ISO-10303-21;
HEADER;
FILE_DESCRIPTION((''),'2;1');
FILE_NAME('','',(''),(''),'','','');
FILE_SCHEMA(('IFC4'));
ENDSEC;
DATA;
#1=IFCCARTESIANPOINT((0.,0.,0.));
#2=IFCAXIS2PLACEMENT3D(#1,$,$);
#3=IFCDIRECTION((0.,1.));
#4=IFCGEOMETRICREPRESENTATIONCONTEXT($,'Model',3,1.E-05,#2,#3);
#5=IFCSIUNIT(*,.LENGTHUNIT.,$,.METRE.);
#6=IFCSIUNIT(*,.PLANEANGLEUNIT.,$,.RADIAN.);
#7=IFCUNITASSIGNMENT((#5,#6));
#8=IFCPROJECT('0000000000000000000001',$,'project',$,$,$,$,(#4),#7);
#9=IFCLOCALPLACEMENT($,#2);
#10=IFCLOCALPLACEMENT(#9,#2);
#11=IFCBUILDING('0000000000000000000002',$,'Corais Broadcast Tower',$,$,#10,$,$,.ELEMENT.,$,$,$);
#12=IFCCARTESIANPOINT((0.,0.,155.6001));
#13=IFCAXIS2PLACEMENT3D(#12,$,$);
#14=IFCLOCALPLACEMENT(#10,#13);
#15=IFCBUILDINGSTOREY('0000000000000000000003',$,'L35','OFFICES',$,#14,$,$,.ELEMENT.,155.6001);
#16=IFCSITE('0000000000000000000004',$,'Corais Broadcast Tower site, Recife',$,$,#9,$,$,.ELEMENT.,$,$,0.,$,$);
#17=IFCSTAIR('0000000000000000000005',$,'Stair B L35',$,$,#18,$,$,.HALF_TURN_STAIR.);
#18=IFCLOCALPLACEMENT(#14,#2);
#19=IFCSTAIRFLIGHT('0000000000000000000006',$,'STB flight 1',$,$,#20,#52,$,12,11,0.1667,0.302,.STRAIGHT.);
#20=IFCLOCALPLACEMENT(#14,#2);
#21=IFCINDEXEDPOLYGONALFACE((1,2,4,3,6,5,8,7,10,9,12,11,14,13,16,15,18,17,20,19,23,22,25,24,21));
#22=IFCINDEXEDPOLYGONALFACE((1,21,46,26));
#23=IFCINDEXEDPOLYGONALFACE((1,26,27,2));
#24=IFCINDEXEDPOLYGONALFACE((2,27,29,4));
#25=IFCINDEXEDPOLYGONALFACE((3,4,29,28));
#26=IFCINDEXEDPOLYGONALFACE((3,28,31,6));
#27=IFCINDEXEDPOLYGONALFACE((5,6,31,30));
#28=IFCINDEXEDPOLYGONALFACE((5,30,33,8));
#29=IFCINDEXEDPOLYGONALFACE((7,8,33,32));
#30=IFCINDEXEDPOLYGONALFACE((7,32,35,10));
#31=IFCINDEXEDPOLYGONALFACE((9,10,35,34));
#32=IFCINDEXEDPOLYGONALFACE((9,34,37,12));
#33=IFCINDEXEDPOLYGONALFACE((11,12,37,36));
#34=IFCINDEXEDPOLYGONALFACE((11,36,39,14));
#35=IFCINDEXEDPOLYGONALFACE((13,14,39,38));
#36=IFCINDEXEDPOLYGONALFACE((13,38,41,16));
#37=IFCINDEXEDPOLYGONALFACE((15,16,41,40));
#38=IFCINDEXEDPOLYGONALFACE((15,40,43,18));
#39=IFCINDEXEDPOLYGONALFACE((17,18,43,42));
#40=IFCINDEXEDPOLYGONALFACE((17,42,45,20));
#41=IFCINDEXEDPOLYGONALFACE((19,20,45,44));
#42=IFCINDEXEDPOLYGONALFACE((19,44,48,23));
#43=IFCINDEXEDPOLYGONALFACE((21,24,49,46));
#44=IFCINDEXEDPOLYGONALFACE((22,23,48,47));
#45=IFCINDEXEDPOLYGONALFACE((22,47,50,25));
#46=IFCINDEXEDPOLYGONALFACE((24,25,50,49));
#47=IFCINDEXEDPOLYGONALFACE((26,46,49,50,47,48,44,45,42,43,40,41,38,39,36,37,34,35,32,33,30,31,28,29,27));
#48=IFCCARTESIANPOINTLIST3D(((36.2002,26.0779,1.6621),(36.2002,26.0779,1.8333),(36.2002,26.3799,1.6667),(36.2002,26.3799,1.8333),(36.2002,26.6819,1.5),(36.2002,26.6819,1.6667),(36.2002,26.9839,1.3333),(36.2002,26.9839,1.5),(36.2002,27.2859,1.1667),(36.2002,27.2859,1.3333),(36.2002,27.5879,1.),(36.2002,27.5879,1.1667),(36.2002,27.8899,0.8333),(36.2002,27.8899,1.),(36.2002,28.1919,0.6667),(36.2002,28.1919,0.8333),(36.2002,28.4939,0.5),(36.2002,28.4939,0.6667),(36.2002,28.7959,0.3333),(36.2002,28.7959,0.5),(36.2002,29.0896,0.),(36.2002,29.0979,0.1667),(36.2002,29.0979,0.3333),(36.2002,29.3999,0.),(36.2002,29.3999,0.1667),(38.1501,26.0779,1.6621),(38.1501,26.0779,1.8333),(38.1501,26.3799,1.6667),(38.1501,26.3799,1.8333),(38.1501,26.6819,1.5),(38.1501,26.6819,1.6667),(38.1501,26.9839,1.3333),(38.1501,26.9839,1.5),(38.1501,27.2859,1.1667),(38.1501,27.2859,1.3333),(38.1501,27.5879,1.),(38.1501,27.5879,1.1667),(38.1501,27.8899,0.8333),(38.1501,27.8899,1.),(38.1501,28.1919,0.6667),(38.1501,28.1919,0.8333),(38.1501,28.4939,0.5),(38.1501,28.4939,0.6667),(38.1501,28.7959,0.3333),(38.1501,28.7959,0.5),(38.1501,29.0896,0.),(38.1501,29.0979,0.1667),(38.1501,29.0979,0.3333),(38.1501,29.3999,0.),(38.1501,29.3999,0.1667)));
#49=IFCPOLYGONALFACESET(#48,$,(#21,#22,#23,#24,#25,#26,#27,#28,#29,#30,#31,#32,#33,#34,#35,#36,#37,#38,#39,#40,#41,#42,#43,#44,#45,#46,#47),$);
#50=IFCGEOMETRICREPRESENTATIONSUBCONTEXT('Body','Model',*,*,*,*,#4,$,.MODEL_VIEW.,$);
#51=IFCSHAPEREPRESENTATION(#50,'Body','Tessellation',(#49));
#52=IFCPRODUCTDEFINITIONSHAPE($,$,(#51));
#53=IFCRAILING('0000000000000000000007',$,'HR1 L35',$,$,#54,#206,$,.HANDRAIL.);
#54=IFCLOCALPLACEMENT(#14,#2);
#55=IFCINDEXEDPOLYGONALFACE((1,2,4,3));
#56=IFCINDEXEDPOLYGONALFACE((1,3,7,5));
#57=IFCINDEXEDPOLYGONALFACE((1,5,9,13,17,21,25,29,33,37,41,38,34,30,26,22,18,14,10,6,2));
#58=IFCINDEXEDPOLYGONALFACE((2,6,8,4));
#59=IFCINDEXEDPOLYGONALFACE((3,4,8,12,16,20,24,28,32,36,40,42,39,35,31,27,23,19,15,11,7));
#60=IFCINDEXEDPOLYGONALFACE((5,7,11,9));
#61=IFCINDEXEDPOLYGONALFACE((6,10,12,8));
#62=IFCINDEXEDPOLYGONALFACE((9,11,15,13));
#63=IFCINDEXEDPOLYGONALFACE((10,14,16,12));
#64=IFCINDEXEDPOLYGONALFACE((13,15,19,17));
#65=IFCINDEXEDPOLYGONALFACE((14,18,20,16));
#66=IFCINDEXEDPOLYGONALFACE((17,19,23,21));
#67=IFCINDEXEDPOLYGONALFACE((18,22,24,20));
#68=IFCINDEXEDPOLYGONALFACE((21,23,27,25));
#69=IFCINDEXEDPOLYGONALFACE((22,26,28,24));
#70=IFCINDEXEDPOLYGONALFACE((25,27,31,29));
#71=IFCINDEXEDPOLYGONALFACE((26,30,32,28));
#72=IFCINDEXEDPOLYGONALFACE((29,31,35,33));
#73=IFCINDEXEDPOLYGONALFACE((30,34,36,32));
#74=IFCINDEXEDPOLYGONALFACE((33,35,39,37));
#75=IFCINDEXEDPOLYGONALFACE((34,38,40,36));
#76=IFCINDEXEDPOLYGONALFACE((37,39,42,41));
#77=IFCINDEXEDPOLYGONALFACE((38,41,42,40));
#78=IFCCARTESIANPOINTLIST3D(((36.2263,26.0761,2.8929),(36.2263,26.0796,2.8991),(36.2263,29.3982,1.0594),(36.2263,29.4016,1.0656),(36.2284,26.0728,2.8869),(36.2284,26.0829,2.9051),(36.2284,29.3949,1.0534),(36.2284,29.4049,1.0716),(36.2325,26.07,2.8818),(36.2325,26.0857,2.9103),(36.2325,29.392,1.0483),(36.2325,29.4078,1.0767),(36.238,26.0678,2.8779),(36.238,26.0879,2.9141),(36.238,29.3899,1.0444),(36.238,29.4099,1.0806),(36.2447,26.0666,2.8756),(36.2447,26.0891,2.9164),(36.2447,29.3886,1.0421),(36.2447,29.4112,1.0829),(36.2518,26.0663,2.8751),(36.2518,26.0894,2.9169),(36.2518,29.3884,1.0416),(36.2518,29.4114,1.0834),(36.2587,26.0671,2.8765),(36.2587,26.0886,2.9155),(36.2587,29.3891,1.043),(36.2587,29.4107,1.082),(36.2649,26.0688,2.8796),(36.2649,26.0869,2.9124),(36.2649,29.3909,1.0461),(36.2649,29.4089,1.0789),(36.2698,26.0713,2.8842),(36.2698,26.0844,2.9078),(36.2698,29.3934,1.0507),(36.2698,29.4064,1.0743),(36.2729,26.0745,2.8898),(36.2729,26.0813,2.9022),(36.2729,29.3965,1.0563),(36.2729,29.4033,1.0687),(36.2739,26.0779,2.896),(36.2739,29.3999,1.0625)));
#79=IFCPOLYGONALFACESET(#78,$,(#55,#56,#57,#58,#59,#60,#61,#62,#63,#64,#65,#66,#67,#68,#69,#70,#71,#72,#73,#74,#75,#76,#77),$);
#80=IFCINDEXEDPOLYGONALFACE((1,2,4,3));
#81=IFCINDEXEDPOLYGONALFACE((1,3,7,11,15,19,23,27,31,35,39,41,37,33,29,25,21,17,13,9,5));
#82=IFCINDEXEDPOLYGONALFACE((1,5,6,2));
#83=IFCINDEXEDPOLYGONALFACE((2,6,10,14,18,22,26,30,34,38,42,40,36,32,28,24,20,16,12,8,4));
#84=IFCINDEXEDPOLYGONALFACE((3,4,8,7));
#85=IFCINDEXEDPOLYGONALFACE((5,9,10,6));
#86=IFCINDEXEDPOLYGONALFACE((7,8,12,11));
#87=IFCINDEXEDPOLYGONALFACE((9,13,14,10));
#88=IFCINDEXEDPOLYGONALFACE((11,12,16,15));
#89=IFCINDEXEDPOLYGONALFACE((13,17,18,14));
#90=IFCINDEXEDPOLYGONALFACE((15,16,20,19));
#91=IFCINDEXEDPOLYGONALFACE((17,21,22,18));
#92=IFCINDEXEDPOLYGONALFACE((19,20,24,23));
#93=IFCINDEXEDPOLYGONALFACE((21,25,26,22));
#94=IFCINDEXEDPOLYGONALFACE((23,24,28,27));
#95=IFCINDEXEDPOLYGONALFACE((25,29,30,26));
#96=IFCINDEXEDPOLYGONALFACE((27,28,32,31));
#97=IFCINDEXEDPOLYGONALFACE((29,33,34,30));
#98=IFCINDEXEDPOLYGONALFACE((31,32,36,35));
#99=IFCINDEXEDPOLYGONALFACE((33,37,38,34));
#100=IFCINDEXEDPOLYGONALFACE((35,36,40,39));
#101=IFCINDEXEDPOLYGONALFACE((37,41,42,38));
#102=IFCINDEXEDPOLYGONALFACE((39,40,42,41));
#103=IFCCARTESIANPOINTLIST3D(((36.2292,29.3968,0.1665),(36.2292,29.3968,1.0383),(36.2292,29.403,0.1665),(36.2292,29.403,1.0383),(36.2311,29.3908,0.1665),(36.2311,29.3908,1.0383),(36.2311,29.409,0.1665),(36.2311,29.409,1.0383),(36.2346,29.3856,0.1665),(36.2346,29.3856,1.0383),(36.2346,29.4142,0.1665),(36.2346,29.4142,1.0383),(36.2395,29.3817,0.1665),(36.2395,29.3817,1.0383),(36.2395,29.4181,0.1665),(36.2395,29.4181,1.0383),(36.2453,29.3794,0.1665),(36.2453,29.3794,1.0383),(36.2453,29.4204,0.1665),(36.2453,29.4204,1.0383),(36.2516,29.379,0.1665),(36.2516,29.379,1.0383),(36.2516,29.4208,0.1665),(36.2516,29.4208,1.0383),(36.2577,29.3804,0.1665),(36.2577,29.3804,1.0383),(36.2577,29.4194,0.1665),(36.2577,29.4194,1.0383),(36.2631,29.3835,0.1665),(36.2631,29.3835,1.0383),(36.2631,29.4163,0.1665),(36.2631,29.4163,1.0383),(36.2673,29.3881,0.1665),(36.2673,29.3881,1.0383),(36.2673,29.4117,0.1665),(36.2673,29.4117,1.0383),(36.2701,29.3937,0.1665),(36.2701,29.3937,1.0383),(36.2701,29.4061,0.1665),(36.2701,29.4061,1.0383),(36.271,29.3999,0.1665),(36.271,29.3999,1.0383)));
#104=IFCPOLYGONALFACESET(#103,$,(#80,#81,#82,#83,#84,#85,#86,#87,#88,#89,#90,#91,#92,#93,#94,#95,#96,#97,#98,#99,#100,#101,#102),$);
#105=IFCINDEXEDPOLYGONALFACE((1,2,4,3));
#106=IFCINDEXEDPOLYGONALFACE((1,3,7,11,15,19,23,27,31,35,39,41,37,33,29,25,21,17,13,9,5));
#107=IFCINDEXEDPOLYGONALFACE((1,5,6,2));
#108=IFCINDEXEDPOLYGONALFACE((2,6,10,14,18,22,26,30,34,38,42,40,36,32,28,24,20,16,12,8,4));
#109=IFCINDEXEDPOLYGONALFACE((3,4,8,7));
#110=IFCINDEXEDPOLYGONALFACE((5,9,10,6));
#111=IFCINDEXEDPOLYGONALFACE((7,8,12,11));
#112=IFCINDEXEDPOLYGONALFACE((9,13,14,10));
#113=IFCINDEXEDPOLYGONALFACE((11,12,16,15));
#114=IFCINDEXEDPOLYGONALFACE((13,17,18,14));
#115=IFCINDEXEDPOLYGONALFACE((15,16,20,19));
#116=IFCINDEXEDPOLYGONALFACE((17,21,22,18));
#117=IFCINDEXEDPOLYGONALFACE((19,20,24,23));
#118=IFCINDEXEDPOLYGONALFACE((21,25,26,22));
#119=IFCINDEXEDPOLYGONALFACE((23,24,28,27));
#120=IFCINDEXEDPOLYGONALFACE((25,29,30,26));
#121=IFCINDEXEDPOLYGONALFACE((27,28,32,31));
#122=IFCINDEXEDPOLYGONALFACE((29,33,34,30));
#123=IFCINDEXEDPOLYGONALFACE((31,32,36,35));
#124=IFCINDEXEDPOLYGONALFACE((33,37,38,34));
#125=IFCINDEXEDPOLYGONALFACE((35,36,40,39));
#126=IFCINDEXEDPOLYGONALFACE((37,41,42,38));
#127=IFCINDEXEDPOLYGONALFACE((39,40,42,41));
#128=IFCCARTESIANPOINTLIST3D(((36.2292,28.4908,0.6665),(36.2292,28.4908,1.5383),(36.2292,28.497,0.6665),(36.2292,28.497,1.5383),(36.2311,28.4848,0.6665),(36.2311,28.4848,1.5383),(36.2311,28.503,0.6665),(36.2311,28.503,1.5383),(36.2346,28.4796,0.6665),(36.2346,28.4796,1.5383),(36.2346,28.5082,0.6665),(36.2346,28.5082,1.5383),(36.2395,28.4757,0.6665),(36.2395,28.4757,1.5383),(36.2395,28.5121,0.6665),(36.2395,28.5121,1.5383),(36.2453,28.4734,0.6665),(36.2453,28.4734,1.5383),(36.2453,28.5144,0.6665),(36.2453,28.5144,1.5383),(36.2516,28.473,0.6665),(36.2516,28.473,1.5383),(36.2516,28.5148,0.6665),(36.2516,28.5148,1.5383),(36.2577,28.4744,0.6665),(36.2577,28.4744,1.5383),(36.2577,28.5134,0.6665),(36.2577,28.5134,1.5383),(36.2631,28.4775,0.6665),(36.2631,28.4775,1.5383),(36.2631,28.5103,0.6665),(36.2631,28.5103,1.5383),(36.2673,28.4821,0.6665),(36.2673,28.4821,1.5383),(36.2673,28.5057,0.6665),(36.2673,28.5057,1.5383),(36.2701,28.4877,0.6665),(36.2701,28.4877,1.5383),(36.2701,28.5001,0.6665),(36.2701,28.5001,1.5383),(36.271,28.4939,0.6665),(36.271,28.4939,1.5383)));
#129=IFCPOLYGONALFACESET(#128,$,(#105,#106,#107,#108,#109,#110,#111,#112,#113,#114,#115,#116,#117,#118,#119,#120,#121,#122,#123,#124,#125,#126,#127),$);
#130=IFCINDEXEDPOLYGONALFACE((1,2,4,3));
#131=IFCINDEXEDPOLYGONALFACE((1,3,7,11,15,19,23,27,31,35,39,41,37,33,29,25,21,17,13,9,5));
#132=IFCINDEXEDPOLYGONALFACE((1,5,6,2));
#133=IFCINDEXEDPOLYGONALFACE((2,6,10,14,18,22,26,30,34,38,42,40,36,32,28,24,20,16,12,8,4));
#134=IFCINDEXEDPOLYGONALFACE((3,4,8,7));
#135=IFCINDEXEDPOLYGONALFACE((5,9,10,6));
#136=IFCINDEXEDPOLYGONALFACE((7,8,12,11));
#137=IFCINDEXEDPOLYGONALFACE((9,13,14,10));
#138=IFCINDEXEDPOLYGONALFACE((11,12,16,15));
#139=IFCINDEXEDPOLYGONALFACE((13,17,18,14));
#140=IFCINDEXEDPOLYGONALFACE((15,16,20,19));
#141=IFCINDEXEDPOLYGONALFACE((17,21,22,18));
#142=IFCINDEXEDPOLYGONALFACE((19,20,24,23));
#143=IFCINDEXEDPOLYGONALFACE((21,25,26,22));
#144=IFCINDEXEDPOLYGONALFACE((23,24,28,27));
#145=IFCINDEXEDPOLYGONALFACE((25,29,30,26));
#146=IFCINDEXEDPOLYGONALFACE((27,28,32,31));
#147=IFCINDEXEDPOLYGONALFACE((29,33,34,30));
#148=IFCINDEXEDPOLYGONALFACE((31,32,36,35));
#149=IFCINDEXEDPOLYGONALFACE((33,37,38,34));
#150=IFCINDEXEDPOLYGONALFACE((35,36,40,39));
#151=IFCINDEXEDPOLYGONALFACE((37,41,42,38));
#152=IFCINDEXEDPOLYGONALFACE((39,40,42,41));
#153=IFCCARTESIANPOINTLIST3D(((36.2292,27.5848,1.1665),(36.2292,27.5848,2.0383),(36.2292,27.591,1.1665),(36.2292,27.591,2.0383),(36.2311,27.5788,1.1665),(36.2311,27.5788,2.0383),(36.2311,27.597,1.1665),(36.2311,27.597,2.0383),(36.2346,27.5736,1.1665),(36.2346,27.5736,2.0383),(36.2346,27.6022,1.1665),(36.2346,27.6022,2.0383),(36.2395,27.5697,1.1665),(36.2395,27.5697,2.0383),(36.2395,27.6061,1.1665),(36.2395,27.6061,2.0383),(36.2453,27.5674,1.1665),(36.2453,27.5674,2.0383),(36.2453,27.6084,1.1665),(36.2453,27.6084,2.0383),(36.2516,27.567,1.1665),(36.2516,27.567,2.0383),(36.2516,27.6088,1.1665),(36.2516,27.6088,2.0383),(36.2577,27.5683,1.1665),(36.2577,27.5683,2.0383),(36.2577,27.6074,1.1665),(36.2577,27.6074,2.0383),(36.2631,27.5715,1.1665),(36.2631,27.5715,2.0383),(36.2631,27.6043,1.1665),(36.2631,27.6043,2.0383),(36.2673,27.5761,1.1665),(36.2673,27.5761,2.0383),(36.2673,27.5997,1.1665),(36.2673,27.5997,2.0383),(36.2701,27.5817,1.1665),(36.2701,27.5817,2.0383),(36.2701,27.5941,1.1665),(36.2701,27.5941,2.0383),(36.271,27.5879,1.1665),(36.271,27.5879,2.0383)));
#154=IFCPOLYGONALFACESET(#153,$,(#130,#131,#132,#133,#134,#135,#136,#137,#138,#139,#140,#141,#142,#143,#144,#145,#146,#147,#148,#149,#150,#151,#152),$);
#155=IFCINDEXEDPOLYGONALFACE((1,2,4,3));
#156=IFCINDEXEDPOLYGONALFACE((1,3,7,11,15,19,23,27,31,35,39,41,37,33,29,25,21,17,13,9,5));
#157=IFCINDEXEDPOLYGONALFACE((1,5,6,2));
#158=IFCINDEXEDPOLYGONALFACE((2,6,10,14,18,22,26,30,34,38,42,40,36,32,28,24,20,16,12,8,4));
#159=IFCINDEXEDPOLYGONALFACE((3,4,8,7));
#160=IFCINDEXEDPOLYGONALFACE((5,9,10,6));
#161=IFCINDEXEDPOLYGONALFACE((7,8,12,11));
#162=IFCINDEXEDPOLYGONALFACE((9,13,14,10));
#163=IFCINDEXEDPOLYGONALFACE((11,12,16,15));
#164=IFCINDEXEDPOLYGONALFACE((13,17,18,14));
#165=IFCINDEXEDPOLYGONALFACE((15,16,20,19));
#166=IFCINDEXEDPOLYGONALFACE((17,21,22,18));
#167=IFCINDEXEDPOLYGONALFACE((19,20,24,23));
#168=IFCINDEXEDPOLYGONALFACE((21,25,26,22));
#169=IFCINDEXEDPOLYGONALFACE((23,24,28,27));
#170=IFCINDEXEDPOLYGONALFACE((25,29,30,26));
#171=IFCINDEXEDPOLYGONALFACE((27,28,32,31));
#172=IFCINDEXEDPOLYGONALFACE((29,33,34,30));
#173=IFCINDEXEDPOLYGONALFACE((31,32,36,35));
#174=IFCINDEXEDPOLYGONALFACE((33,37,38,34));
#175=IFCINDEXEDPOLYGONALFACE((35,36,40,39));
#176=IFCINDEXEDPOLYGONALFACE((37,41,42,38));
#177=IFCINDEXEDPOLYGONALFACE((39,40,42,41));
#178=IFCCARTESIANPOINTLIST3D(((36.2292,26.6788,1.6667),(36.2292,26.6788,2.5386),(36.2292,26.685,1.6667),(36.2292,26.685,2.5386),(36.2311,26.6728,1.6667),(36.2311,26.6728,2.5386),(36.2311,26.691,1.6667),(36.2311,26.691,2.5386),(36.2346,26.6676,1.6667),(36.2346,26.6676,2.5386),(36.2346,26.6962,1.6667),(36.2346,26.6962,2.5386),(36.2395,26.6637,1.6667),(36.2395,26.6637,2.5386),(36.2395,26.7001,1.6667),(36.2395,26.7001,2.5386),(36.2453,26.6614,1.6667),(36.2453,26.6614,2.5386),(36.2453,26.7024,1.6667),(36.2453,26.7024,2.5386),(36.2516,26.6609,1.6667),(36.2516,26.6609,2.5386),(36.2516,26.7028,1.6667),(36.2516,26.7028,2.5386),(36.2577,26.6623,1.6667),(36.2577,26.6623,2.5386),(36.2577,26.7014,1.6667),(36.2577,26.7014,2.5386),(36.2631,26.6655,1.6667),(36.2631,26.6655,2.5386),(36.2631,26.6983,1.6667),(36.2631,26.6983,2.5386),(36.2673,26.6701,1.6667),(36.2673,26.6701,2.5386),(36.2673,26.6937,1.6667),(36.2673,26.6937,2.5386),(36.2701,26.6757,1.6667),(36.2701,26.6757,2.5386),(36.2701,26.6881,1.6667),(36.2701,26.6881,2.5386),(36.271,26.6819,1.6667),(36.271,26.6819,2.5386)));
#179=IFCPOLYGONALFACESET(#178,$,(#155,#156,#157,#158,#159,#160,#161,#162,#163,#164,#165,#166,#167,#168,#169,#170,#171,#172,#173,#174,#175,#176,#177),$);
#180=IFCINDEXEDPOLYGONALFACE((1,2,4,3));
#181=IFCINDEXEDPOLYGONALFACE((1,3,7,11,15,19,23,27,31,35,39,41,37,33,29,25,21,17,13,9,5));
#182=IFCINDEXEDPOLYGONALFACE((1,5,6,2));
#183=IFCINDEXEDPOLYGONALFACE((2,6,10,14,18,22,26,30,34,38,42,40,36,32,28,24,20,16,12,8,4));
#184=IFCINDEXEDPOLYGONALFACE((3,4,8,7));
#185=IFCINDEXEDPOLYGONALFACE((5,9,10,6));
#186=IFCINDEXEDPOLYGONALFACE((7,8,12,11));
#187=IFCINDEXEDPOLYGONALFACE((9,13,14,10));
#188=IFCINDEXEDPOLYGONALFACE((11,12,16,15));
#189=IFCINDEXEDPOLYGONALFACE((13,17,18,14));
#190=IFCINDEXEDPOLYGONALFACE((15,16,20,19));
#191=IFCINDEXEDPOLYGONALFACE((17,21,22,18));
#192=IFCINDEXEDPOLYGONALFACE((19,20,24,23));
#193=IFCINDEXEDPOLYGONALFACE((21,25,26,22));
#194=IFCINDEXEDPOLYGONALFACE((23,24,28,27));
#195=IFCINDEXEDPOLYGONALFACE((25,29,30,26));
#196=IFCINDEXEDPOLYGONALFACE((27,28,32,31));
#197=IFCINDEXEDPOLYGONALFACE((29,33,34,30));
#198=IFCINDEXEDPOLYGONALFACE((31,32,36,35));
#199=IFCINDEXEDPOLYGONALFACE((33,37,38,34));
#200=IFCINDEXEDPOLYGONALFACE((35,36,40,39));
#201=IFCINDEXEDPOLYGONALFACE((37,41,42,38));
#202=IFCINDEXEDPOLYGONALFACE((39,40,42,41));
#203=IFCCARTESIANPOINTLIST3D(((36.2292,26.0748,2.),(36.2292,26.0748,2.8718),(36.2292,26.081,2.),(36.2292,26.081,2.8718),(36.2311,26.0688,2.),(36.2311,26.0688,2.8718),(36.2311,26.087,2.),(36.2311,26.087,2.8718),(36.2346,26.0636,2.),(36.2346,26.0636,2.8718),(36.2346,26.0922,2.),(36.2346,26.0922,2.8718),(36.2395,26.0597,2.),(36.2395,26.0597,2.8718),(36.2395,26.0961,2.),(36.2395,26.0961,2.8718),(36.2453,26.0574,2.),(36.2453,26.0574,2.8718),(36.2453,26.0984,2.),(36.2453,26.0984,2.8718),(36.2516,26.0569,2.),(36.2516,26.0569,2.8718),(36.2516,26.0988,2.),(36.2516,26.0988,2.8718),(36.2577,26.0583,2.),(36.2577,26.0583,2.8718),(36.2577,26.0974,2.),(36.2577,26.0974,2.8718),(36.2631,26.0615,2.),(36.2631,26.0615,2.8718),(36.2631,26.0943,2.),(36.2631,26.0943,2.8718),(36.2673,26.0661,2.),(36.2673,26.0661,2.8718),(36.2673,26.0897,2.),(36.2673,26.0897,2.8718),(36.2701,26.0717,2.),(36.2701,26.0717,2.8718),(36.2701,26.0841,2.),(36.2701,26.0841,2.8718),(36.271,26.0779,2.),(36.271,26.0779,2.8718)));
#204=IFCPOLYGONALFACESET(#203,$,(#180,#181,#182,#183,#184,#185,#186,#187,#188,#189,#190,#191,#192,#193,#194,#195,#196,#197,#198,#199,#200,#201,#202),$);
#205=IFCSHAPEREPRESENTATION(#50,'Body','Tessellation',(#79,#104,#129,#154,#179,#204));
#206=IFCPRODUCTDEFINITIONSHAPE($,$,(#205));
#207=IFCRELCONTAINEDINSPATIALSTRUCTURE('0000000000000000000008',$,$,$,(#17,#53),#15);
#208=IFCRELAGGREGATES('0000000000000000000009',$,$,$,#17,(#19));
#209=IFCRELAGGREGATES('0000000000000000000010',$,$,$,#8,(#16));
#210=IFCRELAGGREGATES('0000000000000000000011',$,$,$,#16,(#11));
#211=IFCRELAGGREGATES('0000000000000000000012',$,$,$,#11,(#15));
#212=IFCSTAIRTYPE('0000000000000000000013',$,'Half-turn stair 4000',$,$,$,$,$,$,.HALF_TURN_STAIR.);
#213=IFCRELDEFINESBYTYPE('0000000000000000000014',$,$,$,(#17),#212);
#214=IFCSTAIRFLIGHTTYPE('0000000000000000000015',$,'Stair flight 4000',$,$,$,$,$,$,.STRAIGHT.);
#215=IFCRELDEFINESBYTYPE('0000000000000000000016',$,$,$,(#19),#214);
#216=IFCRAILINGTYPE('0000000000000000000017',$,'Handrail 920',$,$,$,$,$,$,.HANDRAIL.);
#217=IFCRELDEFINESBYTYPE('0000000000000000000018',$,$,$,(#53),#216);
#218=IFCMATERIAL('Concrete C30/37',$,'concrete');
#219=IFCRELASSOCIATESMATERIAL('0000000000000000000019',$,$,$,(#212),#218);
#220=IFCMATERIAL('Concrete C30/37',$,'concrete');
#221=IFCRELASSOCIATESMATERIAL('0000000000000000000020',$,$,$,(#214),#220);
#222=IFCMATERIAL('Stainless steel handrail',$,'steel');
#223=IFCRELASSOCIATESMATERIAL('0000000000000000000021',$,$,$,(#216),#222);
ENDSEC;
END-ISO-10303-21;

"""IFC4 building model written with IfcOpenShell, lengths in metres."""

from ifc_helpers import new_model, si_unit, direction, frame, origin, origin_2d, place, context, subcontext, project, spatial, polyline, circle, outline, extrude, material, type_object, element, aggregate, save


model = new_model("IFC4")

# Units and contexts
model_context = context("Model", 3, precision=1e-05, world=origin(), true_north=direction((0.0, 1.0)))
body_context = subcontext(model_context, "Body", "Model", "MODEL_VIEW")
ifc_project = project(units=[si_unit("LENGTHUNIT", "METRE"), si_unit("PLANEANGLEUNIT", "RADIAN")], contexts=[model_context])

# Site, building, storey
site_placement = place(None, origin())
site = spatial("IfcSite", under=ifc_project, at=site_placement, Name="Corais Broadcast Tower site, Recife", CompositionType="ELEMENT", RefElevation=0.0)
building_placement = place(site_placement, origin())
building = spatial("IfcBuilding", under=site, at=building_placement, Name="Corais Broadcast Tower", CompositionType="ELEMENT")
storey_placement = place(building_placement, frame((0.0, 0.0, 155.6001)))
storey = spatial("IfcBuildingStorey", under=building, at=storey_placement, Name="L35", Description="OFFICES", CompositionType="ELEMENT", Elevation=155.6001)

# Stair, stair flight
ifc_material_1 = material(Name="Concrete C30/37", Category="concrete")
stair_type = type_object("IfcStairType", Name="Half-turn stair 4000", PredefinedType="HALF_TURN_STAIR", material=ifc_material_1)
stair_placement = place(storey_placement, origin())
stair = element("IfcStair", 1, at=stair_placement, inside=storey, type_object=stair_type, Name="Stair B L35", PredefinedType="HALF_TURN_STAIR")
ifc_material_2 = material(Name="Concrete C30/37", Category="concrete")
stair_flight_type = type_object("IfcStairFlightType", Name="Stair flight 4000", PredefinedType="STRAIGHT", material=ifc_material_2)
stair_flight_placement = place(storey_placement, frame((37.175, 29.3999, 0.0), z_axis=(0.0, 0.0, 1.0), x_axis=(0.0, -1.0, 0.0)))
stair_flight = element("IfcStairFlight", 2, at=stair_flight_placement, type_object=stair_flight_type, Name="STB flight 1", NumberOfRisers=12, NumberOfTreads=11, PredefinedType="STRAIGHT", RiserHeight=0.1667, TreadLength=0.302, context=body_context, shape_type="SweptSolid", body=[
    extrude(outline(polyline([(0.0, 0.0), (0.0, 0.1667), (0.302, 0.1667), (0.302, 0.3333), (0.604, 0.3333), (0.604, 0.5), (0.906, 0.5), (0.906, 0.6667), (1.208, 0.6667), (1.208, 0.8333), (1.51, 0.8333), (1.51, 1.0), (1.812, 1.0), (1.812, 1.1667), (2.114, 1.1667), (2.114, 1.3333), (2.416, 1.3333), (2.416, 1.5), (2.718, 1.5), (2.718, 1.6667), (3.02, 1.6667), (3.02, 1.8333), (3.322, 1.8333), (3.322, 2.0), (3.322, 1.6621), (0.3103, 0.0), (0.0, 0.0)])), frame((0.0, 0.9751, 0.0), z_axis=(0.0, -1.0, 0.0), x_axis=(1.0, 0.0, 0.0)), (0.0, 0.0, 1.0), 1.95),
])
aggregate(stair, [stair_flight])

# Railing
ifc_material_3 = material(Name="Stainless steel handrail", Category="steel")
railing_type = type_object("IfcRailingType", Name="Handrail 920", PredefinedType="HANDRAIL", material=ifc_material_3)
for number, where, name in (
    (3, (36.25, 29.3999, 0.1665), "HR1 L35"),
):
    element("IfcRailing", number, at=place(storey_placement, frame(where)), inside=storey, type_object=railing_type, Name=name, PredefinedType="HANDRAIL", context=body_context, shape_type="SweptSolid", body=[
        extrude(circle(Radius=0.0239, at=origin_2d()), frame((0.0, 0.0, 0.896), z_axis=(0.0, -0.875504, 0.48321), x_axis=(1.0, 0.0, 0.0)), (0.0, 0.0, 1.0), 3.7944),
        extrude(circle(Radius=0.021, at=origin_2d()), origin(), (0.0, 0.0, 1.0), 0.8718),
        extrude(circle(Radius=0.021, at=origin_2d()), frame((0.0, -0.906, 0.5)), (0.0, 0.0, 1.0), 0.8718),
        extrude(circle(Radius=0.021, at=origin_2d()), frame((0.0, -1.812, 1.0)), (0.0, 0.0, 1.0), 0.8718),
        extrude(circle(Radius=0.021, at=origin_2d()), frame((0.0, -2.718, 1.5002)), (0.0, 0.0, 1.0), 0.8718),
        extrude(circle(Radius=0.021, at=origin_2d()), frame((0.0, -3.322, 1.8335)), (0.0, 0.0, 1.0), 0.8718),
    ])

save(model, "model.ifc")
